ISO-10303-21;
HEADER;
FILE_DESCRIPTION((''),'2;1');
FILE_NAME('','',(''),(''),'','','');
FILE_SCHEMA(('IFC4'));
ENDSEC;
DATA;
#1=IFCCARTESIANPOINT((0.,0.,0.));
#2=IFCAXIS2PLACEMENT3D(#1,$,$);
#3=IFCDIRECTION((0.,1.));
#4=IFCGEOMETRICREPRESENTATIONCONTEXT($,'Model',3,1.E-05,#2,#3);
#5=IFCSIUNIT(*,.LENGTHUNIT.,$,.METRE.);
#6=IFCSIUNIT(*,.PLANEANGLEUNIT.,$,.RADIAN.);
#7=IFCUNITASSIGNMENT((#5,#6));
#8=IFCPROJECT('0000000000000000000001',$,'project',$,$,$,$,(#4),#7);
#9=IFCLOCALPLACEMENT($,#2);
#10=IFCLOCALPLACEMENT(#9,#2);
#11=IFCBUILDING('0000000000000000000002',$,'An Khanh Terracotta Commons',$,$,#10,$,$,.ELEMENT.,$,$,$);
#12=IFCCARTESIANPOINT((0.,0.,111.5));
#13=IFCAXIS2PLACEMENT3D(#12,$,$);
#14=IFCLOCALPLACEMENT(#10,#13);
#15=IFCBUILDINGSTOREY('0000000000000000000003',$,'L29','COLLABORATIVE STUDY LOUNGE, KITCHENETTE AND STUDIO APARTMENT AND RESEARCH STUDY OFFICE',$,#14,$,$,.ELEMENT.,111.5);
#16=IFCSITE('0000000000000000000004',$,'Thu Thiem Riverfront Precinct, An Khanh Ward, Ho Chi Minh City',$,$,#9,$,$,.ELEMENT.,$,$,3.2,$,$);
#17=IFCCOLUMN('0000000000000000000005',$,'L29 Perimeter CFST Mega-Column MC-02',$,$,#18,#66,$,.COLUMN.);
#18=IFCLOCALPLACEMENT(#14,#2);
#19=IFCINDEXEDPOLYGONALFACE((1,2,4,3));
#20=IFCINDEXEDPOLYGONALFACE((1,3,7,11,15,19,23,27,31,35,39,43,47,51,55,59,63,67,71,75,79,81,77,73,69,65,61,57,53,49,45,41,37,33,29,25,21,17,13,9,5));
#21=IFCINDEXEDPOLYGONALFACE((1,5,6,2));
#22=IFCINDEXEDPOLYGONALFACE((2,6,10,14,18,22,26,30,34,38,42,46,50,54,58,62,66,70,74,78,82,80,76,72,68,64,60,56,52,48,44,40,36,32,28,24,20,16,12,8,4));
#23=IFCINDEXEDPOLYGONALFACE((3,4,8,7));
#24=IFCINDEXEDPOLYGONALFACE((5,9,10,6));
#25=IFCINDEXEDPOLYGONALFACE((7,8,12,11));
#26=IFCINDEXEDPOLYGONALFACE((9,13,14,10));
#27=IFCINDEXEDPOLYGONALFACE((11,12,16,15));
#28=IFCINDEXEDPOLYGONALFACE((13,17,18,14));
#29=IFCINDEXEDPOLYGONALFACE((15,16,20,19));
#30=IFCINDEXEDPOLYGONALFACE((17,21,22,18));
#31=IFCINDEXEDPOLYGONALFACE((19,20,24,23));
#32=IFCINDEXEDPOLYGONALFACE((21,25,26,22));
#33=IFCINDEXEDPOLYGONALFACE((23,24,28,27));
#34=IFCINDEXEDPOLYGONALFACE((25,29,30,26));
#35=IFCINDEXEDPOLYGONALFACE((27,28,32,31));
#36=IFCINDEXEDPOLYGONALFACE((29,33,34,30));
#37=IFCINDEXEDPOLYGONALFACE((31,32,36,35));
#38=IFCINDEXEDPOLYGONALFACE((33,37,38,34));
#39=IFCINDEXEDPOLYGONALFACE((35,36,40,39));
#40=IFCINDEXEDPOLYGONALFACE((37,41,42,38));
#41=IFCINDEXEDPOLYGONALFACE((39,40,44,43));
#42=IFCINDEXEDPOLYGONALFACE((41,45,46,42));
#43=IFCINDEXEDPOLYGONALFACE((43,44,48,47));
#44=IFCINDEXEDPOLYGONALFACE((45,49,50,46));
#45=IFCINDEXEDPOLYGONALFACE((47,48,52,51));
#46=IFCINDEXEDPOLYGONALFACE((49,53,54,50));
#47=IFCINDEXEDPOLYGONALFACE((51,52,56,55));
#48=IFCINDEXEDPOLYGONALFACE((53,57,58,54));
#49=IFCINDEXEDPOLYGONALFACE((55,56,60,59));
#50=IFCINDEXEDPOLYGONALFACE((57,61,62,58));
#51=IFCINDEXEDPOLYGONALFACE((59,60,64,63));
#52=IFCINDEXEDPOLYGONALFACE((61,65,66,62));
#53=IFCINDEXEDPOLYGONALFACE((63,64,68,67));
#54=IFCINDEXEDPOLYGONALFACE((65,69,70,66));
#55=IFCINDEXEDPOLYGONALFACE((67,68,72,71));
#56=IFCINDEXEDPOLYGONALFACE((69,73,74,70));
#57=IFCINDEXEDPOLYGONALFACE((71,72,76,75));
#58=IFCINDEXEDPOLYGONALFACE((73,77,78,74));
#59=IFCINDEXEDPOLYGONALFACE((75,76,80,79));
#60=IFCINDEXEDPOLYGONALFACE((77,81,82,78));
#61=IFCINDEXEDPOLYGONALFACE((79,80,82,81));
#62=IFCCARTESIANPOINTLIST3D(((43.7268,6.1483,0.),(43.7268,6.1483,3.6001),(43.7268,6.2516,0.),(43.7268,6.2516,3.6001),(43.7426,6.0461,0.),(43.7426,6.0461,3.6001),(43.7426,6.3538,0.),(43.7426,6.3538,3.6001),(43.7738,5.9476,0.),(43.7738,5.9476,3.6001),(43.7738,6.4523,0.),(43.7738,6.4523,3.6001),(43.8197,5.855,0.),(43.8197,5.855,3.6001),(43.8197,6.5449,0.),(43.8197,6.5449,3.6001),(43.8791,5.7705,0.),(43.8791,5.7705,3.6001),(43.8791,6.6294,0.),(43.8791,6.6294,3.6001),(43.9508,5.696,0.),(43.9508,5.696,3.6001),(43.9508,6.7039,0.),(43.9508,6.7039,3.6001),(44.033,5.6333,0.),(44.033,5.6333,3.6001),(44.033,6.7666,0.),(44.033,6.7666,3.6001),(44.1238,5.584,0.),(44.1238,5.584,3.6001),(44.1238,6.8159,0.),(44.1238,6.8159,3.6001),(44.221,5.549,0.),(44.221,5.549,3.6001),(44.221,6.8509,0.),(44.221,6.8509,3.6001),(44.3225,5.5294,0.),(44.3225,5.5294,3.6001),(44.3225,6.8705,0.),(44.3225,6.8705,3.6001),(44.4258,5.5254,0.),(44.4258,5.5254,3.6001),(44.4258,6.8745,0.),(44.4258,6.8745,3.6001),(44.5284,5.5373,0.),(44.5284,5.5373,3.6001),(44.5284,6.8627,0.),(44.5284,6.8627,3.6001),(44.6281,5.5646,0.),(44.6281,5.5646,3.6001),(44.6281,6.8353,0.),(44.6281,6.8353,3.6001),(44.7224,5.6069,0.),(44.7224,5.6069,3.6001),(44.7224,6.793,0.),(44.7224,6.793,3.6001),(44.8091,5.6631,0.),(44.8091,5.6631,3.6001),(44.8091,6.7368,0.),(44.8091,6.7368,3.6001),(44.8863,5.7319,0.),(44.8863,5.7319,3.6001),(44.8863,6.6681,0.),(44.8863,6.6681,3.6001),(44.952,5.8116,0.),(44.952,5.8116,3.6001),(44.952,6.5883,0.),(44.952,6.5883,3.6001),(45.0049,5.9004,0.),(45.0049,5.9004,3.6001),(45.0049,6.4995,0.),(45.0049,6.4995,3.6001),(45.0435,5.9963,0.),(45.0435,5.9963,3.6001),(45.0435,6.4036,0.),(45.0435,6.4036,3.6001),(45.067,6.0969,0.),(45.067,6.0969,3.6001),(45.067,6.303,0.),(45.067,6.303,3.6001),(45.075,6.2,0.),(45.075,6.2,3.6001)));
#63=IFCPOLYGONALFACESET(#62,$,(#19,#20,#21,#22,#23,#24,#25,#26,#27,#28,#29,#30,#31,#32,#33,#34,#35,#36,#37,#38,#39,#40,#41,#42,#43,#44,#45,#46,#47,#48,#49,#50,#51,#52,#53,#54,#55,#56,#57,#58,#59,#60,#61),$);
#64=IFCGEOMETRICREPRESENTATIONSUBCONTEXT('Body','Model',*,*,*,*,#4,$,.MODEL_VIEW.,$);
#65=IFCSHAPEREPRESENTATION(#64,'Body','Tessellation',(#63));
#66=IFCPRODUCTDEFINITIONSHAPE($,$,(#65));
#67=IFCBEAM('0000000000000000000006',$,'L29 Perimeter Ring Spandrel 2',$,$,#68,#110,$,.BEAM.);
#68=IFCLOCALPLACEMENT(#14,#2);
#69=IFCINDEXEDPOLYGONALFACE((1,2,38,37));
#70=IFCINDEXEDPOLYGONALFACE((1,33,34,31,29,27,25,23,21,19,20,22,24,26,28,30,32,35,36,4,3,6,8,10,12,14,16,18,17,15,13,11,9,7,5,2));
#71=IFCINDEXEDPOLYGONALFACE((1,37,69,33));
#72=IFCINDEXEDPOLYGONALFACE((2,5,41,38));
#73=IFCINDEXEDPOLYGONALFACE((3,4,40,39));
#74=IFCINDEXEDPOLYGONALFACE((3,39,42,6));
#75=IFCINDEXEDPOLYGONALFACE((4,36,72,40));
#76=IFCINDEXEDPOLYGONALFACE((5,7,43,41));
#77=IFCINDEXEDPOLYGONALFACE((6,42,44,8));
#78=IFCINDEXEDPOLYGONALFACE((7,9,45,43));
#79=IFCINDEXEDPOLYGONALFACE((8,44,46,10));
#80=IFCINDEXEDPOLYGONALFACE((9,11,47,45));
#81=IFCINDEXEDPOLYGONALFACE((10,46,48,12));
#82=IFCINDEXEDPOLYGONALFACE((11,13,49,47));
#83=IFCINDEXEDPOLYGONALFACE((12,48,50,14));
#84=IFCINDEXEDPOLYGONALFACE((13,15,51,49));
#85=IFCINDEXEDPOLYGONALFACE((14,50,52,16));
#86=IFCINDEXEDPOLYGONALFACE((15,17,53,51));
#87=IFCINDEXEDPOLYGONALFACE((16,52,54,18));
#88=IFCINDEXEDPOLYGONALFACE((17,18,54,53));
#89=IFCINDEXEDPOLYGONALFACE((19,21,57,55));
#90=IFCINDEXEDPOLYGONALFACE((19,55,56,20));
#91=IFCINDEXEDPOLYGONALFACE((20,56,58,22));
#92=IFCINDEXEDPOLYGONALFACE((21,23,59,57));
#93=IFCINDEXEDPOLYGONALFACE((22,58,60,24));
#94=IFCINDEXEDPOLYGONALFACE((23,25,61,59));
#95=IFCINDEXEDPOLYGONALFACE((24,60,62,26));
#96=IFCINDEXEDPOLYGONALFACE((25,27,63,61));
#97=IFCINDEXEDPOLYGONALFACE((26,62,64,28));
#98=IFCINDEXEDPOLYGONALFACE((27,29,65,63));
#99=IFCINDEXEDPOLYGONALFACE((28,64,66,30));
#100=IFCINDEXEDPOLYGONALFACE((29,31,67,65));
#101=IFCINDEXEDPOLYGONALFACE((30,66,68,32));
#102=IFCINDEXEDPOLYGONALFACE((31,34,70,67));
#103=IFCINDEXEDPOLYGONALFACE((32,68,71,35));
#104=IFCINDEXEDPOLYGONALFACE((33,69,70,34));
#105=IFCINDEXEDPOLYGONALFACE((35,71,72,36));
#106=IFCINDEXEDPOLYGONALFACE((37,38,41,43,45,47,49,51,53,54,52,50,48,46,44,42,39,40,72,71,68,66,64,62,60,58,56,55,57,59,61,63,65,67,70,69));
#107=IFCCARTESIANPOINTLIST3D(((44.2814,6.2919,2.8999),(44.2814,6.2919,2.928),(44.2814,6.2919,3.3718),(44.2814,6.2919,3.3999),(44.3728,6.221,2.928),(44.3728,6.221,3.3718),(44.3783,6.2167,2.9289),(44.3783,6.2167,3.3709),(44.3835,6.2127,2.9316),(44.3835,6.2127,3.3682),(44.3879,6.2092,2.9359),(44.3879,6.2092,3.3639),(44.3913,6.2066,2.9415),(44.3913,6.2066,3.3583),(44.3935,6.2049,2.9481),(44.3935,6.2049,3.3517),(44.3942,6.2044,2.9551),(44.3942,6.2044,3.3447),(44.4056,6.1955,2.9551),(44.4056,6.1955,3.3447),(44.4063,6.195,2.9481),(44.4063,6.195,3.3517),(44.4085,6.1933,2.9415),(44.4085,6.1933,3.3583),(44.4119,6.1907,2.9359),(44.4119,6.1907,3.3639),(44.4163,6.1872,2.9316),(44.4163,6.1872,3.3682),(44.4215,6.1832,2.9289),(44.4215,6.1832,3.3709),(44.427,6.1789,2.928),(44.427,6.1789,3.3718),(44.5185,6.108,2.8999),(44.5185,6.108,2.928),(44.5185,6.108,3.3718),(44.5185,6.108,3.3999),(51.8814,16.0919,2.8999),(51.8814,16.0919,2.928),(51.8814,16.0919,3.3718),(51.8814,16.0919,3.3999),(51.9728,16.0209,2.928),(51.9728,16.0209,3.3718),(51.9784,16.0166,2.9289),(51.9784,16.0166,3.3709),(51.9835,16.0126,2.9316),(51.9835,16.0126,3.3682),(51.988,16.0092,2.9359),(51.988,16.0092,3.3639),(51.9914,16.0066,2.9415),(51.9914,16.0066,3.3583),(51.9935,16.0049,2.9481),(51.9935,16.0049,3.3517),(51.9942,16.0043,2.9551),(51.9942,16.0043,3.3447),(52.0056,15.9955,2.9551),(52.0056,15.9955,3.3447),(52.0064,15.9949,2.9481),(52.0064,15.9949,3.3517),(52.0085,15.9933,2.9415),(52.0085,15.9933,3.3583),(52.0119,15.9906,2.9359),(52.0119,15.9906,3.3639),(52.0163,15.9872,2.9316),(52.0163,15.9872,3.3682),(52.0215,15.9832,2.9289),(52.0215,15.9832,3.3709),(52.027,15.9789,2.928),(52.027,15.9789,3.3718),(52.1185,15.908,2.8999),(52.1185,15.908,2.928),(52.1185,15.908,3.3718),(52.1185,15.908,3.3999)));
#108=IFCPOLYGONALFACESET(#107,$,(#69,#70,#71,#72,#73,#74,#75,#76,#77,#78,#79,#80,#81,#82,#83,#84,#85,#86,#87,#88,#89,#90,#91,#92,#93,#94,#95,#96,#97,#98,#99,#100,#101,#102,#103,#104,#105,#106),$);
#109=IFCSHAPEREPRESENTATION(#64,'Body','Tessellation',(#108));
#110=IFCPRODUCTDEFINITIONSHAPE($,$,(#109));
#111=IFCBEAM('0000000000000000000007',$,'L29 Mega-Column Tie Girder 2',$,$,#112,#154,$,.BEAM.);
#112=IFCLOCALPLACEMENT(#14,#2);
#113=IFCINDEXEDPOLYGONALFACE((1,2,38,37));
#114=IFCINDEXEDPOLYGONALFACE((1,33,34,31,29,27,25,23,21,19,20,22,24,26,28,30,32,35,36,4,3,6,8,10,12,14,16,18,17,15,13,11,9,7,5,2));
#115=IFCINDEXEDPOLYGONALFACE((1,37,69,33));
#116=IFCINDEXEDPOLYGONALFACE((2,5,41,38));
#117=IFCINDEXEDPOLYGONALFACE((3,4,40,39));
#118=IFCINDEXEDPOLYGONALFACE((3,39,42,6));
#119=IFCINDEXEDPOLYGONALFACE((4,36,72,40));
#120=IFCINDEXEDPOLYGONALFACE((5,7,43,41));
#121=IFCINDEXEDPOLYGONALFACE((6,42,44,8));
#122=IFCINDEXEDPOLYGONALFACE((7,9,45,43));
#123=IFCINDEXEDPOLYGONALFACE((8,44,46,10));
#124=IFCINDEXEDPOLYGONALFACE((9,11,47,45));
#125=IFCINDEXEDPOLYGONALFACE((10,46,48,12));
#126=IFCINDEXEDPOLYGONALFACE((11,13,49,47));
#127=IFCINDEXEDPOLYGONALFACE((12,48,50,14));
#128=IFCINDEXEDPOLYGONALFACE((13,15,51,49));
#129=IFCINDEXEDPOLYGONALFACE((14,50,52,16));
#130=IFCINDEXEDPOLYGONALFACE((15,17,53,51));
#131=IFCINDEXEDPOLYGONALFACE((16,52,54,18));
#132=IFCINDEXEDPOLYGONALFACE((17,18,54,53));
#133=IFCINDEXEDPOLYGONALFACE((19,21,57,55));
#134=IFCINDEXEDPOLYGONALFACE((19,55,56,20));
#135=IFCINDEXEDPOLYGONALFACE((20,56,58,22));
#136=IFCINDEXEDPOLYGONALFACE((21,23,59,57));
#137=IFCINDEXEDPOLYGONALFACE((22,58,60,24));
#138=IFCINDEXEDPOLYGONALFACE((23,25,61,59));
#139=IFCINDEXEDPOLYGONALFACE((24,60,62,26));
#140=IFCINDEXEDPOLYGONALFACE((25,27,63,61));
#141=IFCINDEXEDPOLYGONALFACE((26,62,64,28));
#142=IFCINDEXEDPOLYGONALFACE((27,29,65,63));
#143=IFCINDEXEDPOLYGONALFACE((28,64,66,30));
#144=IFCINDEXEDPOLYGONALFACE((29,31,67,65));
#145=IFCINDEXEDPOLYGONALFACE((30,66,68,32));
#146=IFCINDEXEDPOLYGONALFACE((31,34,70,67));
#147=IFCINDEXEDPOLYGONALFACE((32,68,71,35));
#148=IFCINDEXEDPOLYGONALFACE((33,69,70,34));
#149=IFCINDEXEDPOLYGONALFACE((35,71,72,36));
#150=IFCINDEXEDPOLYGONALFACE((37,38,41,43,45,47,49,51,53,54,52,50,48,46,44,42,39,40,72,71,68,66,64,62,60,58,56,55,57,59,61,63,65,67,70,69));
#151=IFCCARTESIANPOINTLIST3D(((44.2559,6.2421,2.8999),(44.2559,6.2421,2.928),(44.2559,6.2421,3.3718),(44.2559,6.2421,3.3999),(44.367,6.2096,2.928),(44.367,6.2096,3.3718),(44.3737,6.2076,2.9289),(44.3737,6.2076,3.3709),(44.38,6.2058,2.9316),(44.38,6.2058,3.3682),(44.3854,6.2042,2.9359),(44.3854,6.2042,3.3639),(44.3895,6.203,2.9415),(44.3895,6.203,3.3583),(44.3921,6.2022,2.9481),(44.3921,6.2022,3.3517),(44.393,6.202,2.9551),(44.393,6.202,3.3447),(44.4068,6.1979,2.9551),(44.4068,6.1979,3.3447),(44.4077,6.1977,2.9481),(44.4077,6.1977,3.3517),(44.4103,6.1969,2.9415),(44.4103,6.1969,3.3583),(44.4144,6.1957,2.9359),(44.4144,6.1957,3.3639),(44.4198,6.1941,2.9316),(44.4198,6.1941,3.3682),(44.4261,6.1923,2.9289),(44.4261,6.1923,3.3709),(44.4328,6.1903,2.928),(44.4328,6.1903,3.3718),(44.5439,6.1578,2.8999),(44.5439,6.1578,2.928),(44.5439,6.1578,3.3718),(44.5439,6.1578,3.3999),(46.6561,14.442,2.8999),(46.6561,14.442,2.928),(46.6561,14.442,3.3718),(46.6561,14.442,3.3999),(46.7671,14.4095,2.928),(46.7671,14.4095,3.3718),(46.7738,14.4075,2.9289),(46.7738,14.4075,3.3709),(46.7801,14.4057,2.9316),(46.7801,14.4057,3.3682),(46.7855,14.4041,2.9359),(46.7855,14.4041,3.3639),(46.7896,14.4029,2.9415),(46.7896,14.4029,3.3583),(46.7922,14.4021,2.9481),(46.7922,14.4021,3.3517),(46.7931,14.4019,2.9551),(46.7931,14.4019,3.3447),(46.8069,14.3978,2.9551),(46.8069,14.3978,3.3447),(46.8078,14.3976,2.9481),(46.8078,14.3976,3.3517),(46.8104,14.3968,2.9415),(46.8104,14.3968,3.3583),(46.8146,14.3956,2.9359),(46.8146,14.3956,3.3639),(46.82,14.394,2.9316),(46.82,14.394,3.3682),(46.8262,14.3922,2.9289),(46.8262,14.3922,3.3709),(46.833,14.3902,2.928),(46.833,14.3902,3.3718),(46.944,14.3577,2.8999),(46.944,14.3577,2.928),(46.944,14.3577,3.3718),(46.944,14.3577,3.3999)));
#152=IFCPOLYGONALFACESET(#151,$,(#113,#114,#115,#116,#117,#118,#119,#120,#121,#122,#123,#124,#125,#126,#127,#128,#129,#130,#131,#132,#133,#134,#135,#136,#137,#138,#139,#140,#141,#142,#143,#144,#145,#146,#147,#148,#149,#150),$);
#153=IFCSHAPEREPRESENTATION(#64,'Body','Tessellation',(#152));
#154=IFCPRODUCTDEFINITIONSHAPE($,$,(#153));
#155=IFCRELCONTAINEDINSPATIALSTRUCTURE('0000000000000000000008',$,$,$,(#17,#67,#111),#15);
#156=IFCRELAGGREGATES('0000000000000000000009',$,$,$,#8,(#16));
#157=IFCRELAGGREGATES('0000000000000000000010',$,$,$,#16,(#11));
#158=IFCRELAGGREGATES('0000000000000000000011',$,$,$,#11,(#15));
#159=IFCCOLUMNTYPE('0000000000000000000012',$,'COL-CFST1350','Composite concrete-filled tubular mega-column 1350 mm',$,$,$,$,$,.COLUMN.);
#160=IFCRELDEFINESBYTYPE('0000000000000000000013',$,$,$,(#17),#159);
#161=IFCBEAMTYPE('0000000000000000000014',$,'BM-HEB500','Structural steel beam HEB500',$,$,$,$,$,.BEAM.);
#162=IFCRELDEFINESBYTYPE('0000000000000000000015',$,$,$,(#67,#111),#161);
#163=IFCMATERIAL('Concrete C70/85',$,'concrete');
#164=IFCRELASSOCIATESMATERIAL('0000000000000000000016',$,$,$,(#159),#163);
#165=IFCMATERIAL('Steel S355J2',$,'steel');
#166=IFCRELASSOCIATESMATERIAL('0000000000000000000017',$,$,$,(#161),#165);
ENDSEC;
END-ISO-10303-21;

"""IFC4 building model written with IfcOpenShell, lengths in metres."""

from ifc_helpers import new_model, si_unit, direction, frame, origin, origin_2d, place, context, subcontext, project, spatial, circle, i_section, extrude, material, material_profile, profile_set, type_object, element, save


model = new_model("IFC4")

# Units and contexts
model_context = context("Model", 3, precision=1e-05, world=origin(), true_north=direction((0.0, 1.0)))
body_context = subcontext(model_context, "Body", "Model", "MODEL_VIEW")
ifc_project = project(units=[si_unit("LENGTHUNIT", "METRE"), si_unit("PLANEANGLEUNIT", "RADIAN")], contexts=[model_context])

# Site, building, storey
site_placement = place(None, origin())
site = spatial("IfcSite", under=ifc_project, at=site_placement, Name="Thu Thiem Riverfront Precinct, An Khanh Ward, Ho Chi Minh City", CompositionType="ELEMENT", RefElevation=3.2)
building_placement = place(site_placement, origin())
building = spatial("IfcBuilding", under=site, at=building_placement, Name="An Khanh Terracotta Commons", CompositionType="ELEMENT")
storey_placement = place(building_placement, frame((0.0, 0.0, 111.5)))
storey = spatial("IfcBuildingStorey", under=building, at=storey_placement, Name="L29", Description="COLLABORATIVE STUDY LOUNGE, KITCHENETTE AND STUDIO APARTMENT AND RESEARCH STUDY OFFICE", CompositionType="ELEMENT", Elevation=111.5)

# Column
ifc_material_1 = material(Name="Concrete C70/85", Category="concrete")
ifc_material_profile_1 = material_profile(ifc_material_1, circle(Radius=0.675, at=origin_2d()), Name="CFST1350")
ifc_profile_set_1 = profile_set([ifc_material_profile_1], Name="Concrete C70/85")
column_type = type_object("IfcColumnType", Name="COL-CFST1350", Description="Composite concrete-filled tubular mega-column 1350 mm", PredefinedType="COLUMN", material=ifc_profile_set_1)
column_placement = place(storey_placement, frame((44.3999, 6.2, 0.0), z_axis=(0.0, 0.0, 1.0), x_axis=(1.0, 0.0, 0.0)))
element("IfcColumn", 1, at=column_placement, inside=storey, type_object=column_type, Name="L29 Perimeter CFST Mega-Column MC-02", PredefinedType="COLUMN", context=body_context, shape_type="SweptSolid", body=[
    extrude(circle(Radius=0.675, at=origin_2d()), origin(), (0.0, 0.0, 1.0), 3.6001),
])

# Beams
ifc_material_2 = material(Name="Steel S355J2", Category="steel")
ifc_material_profile_2 = material_profile(ifc_material_2, i_section(OverallWidth=0.3, OverallDepth=0.5, WebThickness=0.0144, FlangeThickness=0.0281, FilletRadius=0.0271, at=origin_2d()), Name="HEB500")
ifc_profile_set_2 = profile_set([ifc_material_profile_2], Name="Steel S355J2")
beam_type = type_object("IfcBeamType", Name="BM-HEB500", Description="Structural steel beam HEB500", PredefinedType="BEAM", material=ifc_profile_set_2)
beam_1_placement = place(storey_placement, frame((44.3999, 6.2, 3.1499), z_axis=(0.612827, 0.790217, 0.0), x_axis=(-0.790217, 0.612827, 0.0)))
element("IfcBeam", 2, at=beam_1_placement, inside=storey, type_object=beam_type, Name="L29 Perimeter Ring Spandrel 2", PredefinedType="BEAM", context=body_context, shape_type="SweptSolid", body=[
    extrude(i_section(OverallWidth=0.3, OverallDepth=0.5, WebThickness=0.0144, FlangeThickness=0.0281, FilletRadius=0.0271, at=origin_2d()), origin(), (0.0, 0.0, 1.0), 12.4016),
])
beam_2_placement = place(storey_placement, frame((44.3999, 6.2, 3.1499), z_axis=(0.280916, 0.959732, 0.0), x_axis=(-0.959732, 0.280916, 0.0)))
element("IfcBeam", 3, at=beam_2_placement, inside=storey, type_object=beam_type, Name="L29 Mega-Column Tie Girder 2", PredefinedType="BEAM", context=body_context, shape_type="SweptSolid", body=[
    extrude(i_section(OverallWidth=0.3, OverallDepth=0.5, WebThickness=0.0144, FlangeThickness=0.0281, FilletRadius=0.0271, at=origin_2d()), origin(), (0.0, 0.0, 1.0), 8.5439),
])

save(model, "model.ifc")
